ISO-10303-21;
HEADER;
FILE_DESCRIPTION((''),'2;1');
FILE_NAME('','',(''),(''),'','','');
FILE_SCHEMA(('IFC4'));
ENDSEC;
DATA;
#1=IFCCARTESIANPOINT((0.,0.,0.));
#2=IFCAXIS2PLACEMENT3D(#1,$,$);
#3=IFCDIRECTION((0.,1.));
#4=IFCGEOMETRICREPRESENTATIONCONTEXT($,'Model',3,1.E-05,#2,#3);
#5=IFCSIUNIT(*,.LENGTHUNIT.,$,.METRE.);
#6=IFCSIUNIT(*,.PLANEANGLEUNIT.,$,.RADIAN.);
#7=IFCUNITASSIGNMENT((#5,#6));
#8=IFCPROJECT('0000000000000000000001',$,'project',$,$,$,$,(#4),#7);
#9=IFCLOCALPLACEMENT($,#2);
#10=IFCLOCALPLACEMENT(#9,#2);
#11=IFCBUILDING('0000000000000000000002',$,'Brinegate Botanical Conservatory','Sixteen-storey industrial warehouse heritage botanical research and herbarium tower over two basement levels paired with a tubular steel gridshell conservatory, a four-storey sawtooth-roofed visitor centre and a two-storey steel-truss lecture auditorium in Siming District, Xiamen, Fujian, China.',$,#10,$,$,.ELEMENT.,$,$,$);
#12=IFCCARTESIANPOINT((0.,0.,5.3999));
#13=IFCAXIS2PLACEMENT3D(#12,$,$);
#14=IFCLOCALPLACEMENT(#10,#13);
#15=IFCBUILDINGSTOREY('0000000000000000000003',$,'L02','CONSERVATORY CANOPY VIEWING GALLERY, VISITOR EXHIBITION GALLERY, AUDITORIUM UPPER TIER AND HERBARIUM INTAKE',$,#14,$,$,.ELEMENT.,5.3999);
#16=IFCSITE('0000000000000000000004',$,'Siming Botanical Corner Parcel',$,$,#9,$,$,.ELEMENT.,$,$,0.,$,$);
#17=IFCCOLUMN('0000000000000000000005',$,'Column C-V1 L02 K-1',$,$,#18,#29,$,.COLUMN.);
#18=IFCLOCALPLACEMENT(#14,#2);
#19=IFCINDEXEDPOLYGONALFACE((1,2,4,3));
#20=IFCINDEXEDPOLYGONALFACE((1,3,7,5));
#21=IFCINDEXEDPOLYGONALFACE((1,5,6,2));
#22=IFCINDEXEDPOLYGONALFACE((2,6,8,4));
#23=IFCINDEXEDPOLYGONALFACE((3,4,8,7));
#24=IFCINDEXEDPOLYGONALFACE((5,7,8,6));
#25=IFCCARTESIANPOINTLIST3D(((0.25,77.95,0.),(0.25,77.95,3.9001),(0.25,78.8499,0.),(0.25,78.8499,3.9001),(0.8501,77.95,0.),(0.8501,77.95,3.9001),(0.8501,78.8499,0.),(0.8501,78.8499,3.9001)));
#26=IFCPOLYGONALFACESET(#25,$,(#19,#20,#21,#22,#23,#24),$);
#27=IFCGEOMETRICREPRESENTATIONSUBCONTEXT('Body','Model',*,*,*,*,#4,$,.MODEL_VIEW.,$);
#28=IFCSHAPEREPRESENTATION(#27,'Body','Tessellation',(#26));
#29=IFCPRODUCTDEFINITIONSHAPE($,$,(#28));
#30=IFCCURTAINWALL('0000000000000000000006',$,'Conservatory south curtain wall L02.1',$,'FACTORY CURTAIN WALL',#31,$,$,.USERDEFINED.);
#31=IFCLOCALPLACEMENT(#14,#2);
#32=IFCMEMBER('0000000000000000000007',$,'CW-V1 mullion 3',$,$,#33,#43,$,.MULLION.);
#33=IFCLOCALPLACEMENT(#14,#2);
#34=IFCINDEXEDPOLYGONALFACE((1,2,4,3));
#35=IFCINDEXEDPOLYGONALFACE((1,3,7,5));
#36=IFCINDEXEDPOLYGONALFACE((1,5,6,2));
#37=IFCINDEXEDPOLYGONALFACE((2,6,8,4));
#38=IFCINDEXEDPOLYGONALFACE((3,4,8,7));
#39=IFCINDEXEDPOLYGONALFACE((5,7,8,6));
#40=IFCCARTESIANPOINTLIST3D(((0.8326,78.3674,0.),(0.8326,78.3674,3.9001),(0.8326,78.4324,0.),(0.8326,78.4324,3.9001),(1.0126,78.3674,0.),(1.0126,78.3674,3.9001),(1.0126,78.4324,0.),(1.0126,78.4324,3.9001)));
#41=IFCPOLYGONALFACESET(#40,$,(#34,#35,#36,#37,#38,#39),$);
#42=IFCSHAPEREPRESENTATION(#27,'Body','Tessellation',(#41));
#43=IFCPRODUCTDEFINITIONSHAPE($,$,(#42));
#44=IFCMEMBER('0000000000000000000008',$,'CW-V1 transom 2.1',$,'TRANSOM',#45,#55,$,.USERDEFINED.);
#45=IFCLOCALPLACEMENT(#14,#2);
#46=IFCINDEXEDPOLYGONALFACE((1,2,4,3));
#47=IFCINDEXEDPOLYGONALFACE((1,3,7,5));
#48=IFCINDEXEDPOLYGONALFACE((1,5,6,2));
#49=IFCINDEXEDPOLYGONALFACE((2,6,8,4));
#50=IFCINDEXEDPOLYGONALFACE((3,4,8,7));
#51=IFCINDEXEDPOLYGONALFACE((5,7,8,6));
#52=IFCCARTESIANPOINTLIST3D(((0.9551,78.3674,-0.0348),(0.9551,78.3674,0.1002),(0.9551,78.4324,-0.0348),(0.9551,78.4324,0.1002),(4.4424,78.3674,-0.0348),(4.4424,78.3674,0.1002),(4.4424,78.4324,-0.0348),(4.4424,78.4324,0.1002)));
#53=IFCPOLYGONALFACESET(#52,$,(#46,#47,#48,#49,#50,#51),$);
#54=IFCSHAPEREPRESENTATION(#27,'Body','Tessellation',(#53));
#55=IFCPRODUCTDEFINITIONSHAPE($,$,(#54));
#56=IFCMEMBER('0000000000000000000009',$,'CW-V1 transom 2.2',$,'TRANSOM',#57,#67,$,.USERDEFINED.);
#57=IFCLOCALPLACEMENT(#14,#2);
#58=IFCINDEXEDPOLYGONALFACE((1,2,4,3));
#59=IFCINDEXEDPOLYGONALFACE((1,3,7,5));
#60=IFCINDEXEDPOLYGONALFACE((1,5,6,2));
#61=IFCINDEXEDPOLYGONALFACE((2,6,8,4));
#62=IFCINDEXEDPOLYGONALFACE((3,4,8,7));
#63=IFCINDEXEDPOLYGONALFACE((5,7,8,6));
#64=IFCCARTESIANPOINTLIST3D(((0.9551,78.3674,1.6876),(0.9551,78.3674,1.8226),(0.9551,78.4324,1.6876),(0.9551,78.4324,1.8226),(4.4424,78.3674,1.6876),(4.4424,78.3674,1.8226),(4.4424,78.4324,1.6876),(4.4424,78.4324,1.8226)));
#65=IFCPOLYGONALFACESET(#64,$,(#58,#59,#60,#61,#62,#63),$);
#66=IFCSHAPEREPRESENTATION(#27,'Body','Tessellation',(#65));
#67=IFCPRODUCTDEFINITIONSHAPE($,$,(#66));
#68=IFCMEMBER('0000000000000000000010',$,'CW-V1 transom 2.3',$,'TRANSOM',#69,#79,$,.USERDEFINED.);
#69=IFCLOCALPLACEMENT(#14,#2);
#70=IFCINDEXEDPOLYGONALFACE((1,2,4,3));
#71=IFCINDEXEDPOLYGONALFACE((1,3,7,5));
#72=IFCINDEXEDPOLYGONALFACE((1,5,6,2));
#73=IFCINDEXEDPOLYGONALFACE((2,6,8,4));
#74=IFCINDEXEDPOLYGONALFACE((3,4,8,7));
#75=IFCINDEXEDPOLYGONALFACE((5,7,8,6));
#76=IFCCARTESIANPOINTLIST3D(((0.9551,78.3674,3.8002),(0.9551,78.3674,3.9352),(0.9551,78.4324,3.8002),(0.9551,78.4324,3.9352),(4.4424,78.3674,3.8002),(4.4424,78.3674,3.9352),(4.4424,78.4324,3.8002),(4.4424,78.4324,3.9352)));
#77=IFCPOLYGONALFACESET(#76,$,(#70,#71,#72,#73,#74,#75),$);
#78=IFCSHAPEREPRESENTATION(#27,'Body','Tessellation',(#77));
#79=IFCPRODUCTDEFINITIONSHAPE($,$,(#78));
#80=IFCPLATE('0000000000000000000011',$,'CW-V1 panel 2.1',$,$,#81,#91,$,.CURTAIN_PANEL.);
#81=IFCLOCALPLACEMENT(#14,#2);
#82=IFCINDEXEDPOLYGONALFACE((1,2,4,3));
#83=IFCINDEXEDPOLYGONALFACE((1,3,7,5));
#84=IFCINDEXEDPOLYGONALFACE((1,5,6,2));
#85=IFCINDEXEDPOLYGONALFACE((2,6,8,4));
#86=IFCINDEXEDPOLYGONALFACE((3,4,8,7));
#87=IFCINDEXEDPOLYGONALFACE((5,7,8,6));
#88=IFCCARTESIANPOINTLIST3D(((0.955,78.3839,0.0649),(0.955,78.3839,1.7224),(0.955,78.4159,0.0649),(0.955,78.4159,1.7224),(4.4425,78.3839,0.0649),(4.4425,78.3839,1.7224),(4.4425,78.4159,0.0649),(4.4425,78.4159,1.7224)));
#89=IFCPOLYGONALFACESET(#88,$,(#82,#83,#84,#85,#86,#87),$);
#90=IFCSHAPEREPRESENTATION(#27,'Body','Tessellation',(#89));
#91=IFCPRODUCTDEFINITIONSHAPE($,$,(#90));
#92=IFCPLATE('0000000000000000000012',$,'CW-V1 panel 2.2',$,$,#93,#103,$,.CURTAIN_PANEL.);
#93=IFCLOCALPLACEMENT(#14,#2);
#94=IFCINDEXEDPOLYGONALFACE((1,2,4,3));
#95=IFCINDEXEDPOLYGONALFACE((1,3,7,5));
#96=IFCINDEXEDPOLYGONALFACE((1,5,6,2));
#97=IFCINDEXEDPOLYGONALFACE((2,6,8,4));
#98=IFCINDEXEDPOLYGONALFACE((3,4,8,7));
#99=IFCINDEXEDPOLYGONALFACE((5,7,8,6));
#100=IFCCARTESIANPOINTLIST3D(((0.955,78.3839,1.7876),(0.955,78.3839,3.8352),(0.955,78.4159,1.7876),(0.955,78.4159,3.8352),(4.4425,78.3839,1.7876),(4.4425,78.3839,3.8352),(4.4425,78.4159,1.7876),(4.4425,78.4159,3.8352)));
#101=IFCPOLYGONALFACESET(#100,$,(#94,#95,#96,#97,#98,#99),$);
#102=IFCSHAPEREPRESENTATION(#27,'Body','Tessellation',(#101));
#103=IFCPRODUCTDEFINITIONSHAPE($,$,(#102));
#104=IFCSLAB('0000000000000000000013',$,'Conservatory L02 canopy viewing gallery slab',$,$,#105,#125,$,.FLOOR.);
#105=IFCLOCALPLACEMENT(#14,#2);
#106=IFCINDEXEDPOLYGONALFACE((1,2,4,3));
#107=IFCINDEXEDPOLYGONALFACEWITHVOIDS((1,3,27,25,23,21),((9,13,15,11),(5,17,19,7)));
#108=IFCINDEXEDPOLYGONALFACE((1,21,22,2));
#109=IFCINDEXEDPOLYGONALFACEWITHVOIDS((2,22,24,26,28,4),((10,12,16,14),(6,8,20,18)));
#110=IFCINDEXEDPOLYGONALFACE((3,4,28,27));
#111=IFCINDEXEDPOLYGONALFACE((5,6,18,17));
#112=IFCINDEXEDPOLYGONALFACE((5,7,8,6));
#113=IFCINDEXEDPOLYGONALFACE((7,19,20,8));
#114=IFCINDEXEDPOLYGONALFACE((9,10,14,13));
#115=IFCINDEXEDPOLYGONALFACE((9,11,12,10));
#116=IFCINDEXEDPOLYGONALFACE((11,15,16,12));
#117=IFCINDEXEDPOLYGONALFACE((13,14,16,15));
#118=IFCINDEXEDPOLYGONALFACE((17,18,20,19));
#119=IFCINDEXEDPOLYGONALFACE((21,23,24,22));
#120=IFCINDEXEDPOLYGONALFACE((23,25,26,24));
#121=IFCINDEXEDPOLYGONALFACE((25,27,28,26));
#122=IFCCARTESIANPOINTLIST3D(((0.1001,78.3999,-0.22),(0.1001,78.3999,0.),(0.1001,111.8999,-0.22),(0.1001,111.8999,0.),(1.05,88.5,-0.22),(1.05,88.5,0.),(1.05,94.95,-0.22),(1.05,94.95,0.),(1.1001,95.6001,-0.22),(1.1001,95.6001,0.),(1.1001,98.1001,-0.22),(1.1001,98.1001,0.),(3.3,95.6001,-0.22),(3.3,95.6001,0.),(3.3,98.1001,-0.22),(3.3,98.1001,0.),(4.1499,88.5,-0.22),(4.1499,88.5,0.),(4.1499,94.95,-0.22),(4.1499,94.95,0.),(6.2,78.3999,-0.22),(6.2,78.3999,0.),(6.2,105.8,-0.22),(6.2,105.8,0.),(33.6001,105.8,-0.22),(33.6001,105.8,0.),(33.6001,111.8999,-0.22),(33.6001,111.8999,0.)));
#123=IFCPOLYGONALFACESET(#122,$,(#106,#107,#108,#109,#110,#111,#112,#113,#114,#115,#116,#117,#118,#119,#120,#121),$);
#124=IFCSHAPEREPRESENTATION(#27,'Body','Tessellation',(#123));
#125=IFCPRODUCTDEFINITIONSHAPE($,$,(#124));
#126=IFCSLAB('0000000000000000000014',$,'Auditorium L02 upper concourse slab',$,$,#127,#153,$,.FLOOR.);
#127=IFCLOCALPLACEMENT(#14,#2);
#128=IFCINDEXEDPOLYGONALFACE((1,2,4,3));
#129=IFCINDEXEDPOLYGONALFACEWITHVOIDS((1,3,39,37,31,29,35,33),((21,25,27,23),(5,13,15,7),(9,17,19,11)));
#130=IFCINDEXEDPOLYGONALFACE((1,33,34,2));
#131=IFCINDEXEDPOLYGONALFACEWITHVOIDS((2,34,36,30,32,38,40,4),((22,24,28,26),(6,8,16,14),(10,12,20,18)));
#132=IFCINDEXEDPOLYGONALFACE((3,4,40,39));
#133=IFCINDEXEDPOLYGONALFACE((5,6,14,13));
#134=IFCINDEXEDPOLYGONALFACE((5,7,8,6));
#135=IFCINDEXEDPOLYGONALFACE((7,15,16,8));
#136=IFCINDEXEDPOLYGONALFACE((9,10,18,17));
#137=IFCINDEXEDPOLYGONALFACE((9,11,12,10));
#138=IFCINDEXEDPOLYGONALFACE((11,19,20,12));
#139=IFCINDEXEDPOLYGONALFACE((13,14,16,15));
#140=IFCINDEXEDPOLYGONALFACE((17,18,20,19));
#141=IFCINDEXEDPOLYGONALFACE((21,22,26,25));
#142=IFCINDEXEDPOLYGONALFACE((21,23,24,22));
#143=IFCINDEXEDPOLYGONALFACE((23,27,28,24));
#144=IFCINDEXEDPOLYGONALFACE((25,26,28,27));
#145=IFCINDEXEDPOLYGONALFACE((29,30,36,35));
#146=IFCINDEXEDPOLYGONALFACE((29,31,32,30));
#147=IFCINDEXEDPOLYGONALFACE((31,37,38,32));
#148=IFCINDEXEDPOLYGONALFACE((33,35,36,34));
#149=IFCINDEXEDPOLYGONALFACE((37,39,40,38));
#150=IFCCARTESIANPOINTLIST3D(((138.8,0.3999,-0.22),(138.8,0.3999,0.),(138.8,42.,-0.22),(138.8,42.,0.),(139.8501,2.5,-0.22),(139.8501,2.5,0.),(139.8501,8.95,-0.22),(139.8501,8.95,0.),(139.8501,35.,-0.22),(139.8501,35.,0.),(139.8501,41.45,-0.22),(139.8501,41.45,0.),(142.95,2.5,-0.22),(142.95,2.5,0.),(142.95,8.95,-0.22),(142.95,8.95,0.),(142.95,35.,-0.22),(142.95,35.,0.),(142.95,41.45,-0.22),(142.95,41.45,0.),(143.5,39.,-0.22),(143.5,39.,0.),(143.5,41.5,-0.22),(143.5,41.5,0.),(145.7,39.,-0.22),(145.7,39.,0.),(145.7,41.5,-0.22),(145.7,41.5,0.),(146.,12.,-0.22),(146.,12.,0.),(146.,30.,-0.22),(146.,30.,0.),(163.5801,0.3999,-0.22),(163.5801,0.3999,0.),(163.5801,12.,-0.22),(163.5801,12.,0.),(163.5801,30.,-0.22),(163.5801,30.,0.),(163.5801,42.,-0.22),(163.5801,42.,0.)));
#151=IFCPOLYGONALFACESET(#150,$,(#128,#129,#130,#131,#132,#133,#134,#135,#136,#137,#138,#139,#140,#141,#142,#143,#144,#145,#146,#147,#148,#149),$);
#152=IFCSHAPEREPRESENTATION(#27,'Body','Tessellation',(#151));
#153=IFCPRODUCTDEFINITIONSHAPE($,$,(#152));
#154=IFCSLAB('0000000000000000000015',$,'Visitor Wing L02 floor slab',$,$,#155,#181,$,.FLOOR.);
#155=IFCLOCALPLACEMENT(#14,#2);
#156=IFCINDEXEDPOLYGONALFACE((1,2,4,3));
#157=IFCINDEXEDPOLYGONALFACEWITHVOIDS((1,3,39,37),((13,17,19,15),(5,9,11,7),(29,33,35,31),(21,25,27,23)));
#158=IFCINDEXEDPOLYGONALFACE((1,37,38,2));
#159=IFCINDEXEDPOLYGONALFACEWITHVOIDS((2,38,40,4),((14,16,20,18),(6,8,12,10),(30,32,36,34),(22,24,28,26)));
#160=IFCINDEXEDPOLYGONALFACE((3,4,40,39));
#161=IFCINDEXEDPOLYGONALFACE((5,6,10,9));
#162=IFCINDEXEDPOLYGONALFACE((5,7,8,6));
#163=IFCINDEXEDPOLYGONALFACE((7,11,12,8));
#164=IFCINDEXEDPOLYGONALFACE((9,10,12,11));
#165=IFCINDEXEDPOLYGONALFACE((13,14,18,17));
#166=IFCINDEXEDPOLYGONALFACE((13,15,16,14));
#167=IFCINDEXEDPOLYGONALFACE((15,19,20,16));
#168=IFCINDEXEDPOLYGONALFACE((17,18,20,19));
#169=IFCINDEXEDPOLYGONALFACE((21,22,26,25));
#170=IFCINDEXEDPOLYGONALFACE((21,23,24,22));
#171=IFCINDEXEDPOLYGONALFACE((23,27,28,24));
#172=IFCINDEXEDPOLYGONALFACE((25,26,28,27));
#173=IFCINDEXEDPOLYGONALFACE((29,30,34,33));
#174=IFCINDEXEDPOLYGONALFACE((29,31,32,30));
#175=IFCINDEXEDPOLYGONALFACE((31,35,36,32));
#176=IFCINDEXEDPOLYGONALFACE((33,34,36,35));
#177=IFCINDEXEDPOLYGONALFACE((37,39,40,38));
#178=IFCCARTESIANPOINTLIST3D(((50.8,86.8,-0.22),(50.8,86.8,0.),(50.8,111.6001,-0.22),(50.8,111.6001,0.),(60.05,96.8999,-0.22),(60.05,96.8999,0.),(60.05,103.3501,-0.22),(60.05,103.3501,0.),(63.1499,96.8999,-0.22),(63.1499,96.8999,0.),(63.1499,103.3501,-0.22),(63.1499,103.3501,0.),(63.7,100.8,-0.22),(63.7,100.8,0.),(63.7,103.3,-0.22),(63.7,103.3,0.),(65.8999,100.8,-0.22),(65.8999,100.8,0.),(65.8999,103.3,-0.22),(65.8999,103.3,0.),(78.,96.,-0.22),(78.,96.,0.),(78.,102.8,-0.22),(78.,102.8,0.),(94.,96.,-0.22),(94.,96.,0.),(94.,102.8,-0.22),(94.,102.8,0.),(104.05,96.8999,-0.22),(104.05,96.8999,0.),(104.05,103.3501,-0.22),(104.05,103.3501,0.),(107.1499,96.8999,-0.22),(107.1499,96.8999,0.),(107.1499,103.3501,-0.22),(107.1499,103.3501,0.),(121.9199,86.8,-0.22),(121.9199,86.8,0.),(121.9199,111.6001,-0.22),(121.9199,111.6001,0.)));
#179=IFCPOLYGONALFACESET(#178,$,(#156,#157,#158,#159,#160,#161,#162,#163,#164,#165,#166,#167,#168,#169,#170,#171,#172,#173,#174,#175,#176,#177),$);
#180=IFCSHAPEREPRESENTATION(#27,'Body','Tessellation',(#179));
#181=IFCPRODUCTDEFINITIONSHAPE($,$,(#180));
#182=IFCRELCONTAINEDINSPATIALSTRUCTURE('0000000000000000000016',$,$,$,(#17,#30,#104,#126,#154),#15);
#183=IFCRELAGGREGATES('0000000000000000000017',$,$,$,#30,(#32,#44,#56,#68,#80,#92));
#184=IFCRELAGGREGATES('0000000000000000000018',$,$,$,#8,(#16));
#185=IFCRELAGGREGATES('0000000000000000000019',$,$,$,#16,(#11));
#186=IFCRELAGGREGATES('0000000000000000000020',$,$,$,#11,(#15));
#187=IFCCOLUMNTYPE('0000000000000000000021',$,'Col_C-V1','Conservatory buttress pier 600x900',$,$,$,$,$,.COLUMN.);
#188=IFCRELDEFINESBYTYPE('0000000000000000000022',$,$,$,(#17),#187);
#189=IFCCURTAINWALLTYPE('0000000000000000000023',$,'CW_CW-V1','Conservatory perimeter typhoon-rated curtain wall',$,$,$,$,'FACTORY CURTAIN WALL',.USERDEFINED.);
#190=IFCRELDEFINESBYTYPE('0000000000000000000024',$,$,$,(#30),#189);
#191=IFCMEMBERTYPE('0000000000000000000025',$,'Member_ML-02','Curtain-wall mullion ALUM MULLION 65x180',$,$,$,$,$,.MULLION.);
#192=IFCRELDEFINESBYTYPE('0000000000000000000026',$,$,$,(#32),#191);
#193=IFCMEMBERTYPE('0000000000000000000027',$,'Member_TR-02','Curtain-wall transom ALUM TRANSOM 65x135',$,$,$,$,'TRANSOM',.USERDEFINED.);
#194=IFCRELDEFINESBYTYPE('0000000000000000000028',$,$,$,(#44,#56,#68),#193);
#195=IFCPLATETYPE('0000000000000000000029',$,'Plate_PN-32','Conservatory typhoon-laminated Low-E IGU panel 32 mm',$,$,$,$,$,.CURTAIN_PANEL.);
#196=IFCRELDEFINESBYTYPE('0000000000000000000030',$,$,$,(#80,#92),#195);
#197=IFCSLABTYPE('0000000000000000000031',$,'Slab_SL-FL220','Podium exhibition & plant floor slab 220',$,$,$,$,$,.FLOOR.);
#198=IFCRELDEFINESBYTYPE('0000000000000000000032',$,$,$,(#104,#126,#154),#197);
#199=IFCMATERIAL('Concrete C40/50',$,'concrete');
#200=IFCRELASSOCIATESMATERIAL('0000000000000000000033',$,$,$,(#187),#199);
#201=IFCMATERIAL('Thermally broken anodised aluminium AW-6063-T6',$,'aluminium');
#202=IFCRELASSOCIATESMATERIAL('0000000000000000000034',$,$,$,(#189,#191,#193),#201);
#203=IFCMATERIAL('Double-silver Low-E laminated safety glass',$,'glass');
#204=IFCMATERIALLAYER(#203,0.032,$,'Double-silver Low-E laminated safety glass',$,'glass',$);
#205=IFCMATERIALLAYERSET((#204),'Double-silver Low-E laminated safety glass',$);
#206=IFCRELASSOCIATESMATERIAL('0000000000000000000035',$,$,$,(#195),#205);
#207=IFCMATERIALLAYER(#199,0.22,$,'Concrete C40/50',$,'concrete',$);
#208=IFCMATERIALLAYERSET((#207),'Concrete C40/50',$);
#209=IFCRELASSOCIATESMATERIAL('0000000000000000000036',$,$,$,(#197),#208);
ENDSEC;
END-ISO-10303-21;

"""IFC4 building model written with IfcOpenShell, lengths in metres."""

from ifc_helpers import new_model, si_unit, direction, frame, origin, origin_2d, place, context, subcontext, project, spatial, polyline, rectangle, outline, extrude, material, layer, layer_set, material_profile, profile_set, type_object, element, aggregate, save


model = new_model("IFC4")

# Units and contexts
model_context = context("Model", 3, precision=1e-05, world=origin(), true_north=direction((0.0, 1.0)))
body_context = subcontext(model_context, "Body", "Model", "MODEL_VIEW")
ifc_project = project(units=[si_unit("LENGTHUNIT", "METRE"), si_unit("PLANEANGLEUNIT", "RADIAN")], contexts=[model_context])

# Site, building, storey
site_placement = place(None, origin())
site = spatial("IfcSite", under=ifc_project, at=site_placement, Name="Siming Botanical Corner Parcel", CompositionType="ELEMENT", RefElevation=0.0)
building_placement = place(site_placement, origin())
building = spatial("IfcBuilding", under=site, at=building_placement, Name="Brinegate Botanical Conservatory", Description="Sixteen-storey industrial warehouse heritage botanical research and herbarium tower over two basement levels paired with a tubular steel gridshell conservatory, a four-storey sawtooth-roofed visitor centre and a two-storey steel-truss lecture auditorium in Siming District, Xiamen, Fujian, China.", CompositionType="ELEMENT")
storey_placement = place(building_placement, frame((0.0, 0.0, 5.3999)))
storey = spatial("IfcBuildingStorey", under=building, at=storey_placement, Name="L02", Description="CONSERVATORY CANOPY VIEWING GALLERY, VISITOR EXHIBITION GALLERY, AUDITORIUM UPPER TIER AND HERBARIUM INTAKE", CompositionType="ELEMENT", Elevation=5.3999)

# Column
ifc_material_1 = material(Name="Concrete C40/50", Category="concrete")
ifc_material_profile_1 = material_profile(ifc_material_1, rectangle(XDim=0.6001, YDim=0.8999, at=origin_2d()), Name="RC PIER 600x900")
ifc_profile_set_1 = profile_set([ifc_material_profile_1], Name="Concrete C40/50")
column_type = type_object("IfcColumnType", Name="Col_C-V1", Description="Conservatory buttress pier 600x900", PredefinedType="COLUMN", material=ifc_profile_set_1)
column_placement = place(storey_placement, frame((0.55, 78.3999, 0.0), z_axis=(0.0, 0.0, 1.0), x_axis=(1.0, 0.0, 0.0)))
element("IfcColumn", 1, at=column_placement, inside=storey, type_object=column_type, Name="Column C-V1 L02 K-1", PredefinedType="COLUMN", context=body_context, shape_type="SweptSolid", body=[
    extrude(rectangle(XDim=0.6001, YDim=0.8999, at=origin_2d()), origin(), (0.0, 0.0, 1.0), 3.9001),
])

# Curtain wall, members, plates
ifc_material_2 = material(Name="Thermally broken anodised aluminium AW-6063-T6", Category="aluminium")
curtain_wall_type = type_object("IfcCurtainWallType", Name="CW_CW-V1", Description="Conservatory perimeter typhoon-rated curtain wall", ElementType="FACTORY CURTAIN WALL", PredefinedType="USERDEFINED", material=ifc_material_2)
curtain_wall_placement = place(storey_placement, origin())
curtain_wall = element("IfcCurtainWall", 2, at=curtain_wall_placement, inside=storey, type_object=curtain_wall_type, Name="Conservatory south curtain wall L02.1", ObjectType="FACTORY CURTAIN WALL", PredefinedType="USERDEFINED")
ifc_material_profile_2 = material_profile(ifc_material_2, rectangle(XDim=0.0649, YDim=0.1799, at=origin_2d()), Name="ALUM MULLION 65x180")
ifc_profile_set_2 = profile_set([ifc_material_profile_2], Name="Thermally broken anodised aluminium AW-6063-T6")
member_type_1 = type_object("IfcMemberType", Name="Member_ML-02", Description="Curtain-wall mullion ALUM MULLION 65x180", PredefinedType="MULLION", material=ifc_profile_set_2)
member_1_placement = place(storey_placement, frame((0.9226, 78.3999, 0.0), z_axis=(0.0, 0.0, 1.0), x_axis=(0.0, -1.0, 0.0)))
member_1 = element("IfcMember", 3, at=member_1_placement, type_object=member_type_1, Name="CW-V1 mullion 3", PredefinedType="MULLION", context=body_context, shape_type="SweptSolid", body=[
    extrude(rectangle(XDim=0.0649, YDim=0.1799, at=origin_2d()), origin(), (0.0, 0.0, 1.0), 3.9001),
])
ifc_material_profile_3 = material_profile(ifc_material_2, rectangle(XDim=0.0649, YDim=0.135, at=origin_2d()), Name="ALUM TRANSOM 65x135")
ifc_profile_set_3 = profile_set([ifc_material_profile_3], Name="Thermally broken anodised aluminium AW-6063-T6")
member_type_2 = type_object("IfcMemberType", Name="Member_TR-02", Description="Curtain-wall transom ALUM TRANSOM 65x135", ElementType="TRANSOM", PredefinedType="USERDEFINED", material=ifc_profile_set_3)
member_2_placement = place(storey_placement, frame((4.4424, 78.3999, 0.0327), z_axis=(-1.0, 0.0, 0.0), x_axis=(0.0, -1.0, 0.0)))
member_2 = element("IfcMember", 4, at=member_2_placement, type_object=member_type_2, Name="CW-V1 transom 2.1", ObjectType="TRANSOM", PredefinedType="USERDEFINED", context=body_context, shape_type="SweptSolid", body=[
    extrude(rectangle(XDim=0.0649, YDim=0.135, at=origin_2d()), origin(), (0.0, 0.0, 1.0), 3.4873),
])
member_3_placement = place(storey_placement, frame((4.4424, 78.3999, 1.7551), z_axis=(-1.0, 0.0, 0.0), x_axis=(0.0, -1.0, 0.0)))
member_3 = element("IfcMember", 5, at=member_3_placement, type_object=member_type_2, Name="CW-V1 transom 2.2", ObjectType="TRANSOM", PredefinedType="USERDEFINED", context=body_context, shape_type="SweptSolid", body=[
    extrude(rectangle(XDim=0.0649, YDim=0.135, at=origin_2d()), origin(), (0.0, 0.0, 1.0), 3.4873),
])
member_4_placement = place(storey_placement, frame((4.4424, 78.3999, 3.8677), z_axis=(-1.0, 0.0, 0.0), x_axis=(0.0, -1.0, 0.0)))
member_4 = element("IfcMember", 6, at=member_4_placement, type_object=member_type_2, Name="CW-V1 transom 2.3", ObjectType="TRANSOM", PredefinedType="USERDEFINED", context=body_context, shape_type="SweptSolid", body=[
    extrude(rectangle(XDim=0.0649, YDim=0.135, at=origin_2d()), origin(), (0.0, 0.0, 1.0), 3.4873),
])
ifc_material_3 = material(Name="Double-silver Low-E laminated safety glass", Category="glass")
ifc_layer_1 = layer(ifc_material_3, 0.032, Name="Double-silver Low-E laminated safety glass", Category="glass")
ifc_layer_set_1 = layer_set([ifc_layer_1], Name="Double-silver Low-E laminated safety glass")
plate_type = type_object("IfcPlateType", Name="Plate_PN-32", Description="Conservatory typhoon-laminated Low-E IGU panel 32 mm", PredefinedType="CURTAIN_PANEL", material=ifc_layer_set_1)
plate_1_placement = place(storey_placement, frame((2.6987, 78.3999, 0.0649), z_axis=(0.0, 0.0, 1.0), x_axis=(-1.0, 0.0, 0.0)))
plate_1 = element("IfcPlate", 7, at=plate_1_placement, type_object=plate_type, Name="CW-V1 panel 2.1", PredefinedType="CURTAIN_PANEL", context=body_context, shape_type="SweptSolid", body=[
    extrude(rectangle(XDim=3.4875, YDim=0.032, at=origin_2d()), origin(), (0.0, 0.0, 1.0), 1.6575),
])
plate_2_placement = place(storey_placement, frame((2.6987, 78.3999, 1.7876), z_axis=(0.0, 0.0, 1.0), x_axis=(-1.0, 0.0, 0.0)))
plate_2 = element("IfcPlate", 8, at=plate_2_placement, type_object=plate_type, Name="CW-V1 panel 2.2", PredefinedType="CURTAIN_PANEL", context=body_context, shape_type="SweptSolid", body=[
    extrude(rectangle(XDim=3.4875, YDim=0.032, at=origin_2d()), origin(), (0.0, 0.0, 1.0), 2.0476),
])
aggregate(curtain_wall, [member_1, member_2, member_3, member_4, plate_1, plate_2])

# Slabs
ifc_layer_2 = layer(ifc_material_1, 0.22, Name="Concrete C40/50", Category="concrete")
ifc_layer_set_2 = layer_set([ifc_layer_2], Name="Concrete C40/50")
slab_type_1 = type_object("IfcSlabType", Name="Slab_SL-FL220", Description="Podium exhibition & plant floor slab 220", PredefinedType="FLOOR", material=ifc_layer_set_2)
slab_1_placement = place(storey_placement, frame((0.0, 0.0, -0.22)))
element("IfcSlab", 9, at=slab_1_placement, inside=storey, type_object=slab_type_1, Name="Conservatory L02 canopy viewing gallery slab", PredefinedType="FLOOR", context=body_context, shape_type="SweptSolid", body=[
    extrude(outline(polyline([(0.1001, 78.3999), (6.2, 78.3999), (6.2, 105.8), (33.6001, 105.8), (33.6001, 111.8999), (0.1001, 111.8999), (0.1001, 78.3999)]), holes=[polyline([(4.1499, 88.5), (4.1499, 94.95), (1.05, 94.95), (1.05, 88.5), (4.1499, 88.5)]), polyline([(1.1001, 95.6001), (3.3, 95.6001), (3.3, 98.1001), (1.1001, 98.1001), (1.1001, 95.6001)])]), origin(), (0.0, 0.0, 1.0), 0.22),
])
slab_2_placement = place(storey_placement, frame((0.0, 0.0, -0.22)))
element("IfcSlab", 10, at=slab_2_placement, inside=storey, type_object=slab_type_1, Name="Auditorium L02 upper concourse slab", PredefinedType="FLOOR", context=body_context, shape_type="SweptSolid", body=[
    extrude(outline(polyline([(138.8, 0.3999), (163.5801, 0.3999), (163.5801, 12.0), (146.0, 12.0), (146.0, 30.0), (163.5801, 30.0), (163.5801, 42.0), (138.8, 42.0), (138.8, 0.3999)]), holes=[polyline([(142.95, 35.0), (142.95, 41.45), (139.8501, 41.45), (139.8501, 35.0), (142.95, 35.0)]), polyline([(142.95, 2.5), (142.95, 8.95), (139.8501, 8.95), (139.8501, 2.5), (142.95, 2.5)]), polyline([(143.5, 39.0), (145.7, 39.0), (145.7, 41.5), (143.5, 41.5), (143.5, 39.0)])]), origin(), (0.0, 0.0, 1.0), 0.22),
])
slab_3_placement = place(storey_placement, frame((0.0, 0.0, -0.22)))
element("IfcSlab", 11, at=slab_3_placement, inside=storey, type_object=slab_type_1, Name="Visitor Wing L02 floor slab", PredefinedType="FLOOR", context=body_context, shape_type="SweptSolid", body=[
    extrude(outline(polyline([(50.8, 86.8), (121.9199, 86.8), (121.9199, 111.6001), (50.8, 111.6001), (50.8, 86.8)]), holes=[polyline([(63.1499, 96.8999), (63.1499, 103.3501), (60.05, 103.3501), (60.05, 96.8999), (63.1499, 96.8999)]), polyline([(107.1499, 96.8999), (107.1499, 103.3501), (104.05, 103.3501), (104.05, 96.8999), (107.1499, 96.8999)]), polyline([(63.7, 100.8), (65.8999, 100.8), (65.8999, 103.3), (63.7, 103.3), (63.7, 100.8)]), polyline([(78.0, 96.0), (94.0, 96.0), (94.0, 102.8), (78.0, 102.8), (78.0, 96.0)])]), origin(), (0.0, 0.0, 1.0), 0.22),
])

save(model, "model.ifc")
